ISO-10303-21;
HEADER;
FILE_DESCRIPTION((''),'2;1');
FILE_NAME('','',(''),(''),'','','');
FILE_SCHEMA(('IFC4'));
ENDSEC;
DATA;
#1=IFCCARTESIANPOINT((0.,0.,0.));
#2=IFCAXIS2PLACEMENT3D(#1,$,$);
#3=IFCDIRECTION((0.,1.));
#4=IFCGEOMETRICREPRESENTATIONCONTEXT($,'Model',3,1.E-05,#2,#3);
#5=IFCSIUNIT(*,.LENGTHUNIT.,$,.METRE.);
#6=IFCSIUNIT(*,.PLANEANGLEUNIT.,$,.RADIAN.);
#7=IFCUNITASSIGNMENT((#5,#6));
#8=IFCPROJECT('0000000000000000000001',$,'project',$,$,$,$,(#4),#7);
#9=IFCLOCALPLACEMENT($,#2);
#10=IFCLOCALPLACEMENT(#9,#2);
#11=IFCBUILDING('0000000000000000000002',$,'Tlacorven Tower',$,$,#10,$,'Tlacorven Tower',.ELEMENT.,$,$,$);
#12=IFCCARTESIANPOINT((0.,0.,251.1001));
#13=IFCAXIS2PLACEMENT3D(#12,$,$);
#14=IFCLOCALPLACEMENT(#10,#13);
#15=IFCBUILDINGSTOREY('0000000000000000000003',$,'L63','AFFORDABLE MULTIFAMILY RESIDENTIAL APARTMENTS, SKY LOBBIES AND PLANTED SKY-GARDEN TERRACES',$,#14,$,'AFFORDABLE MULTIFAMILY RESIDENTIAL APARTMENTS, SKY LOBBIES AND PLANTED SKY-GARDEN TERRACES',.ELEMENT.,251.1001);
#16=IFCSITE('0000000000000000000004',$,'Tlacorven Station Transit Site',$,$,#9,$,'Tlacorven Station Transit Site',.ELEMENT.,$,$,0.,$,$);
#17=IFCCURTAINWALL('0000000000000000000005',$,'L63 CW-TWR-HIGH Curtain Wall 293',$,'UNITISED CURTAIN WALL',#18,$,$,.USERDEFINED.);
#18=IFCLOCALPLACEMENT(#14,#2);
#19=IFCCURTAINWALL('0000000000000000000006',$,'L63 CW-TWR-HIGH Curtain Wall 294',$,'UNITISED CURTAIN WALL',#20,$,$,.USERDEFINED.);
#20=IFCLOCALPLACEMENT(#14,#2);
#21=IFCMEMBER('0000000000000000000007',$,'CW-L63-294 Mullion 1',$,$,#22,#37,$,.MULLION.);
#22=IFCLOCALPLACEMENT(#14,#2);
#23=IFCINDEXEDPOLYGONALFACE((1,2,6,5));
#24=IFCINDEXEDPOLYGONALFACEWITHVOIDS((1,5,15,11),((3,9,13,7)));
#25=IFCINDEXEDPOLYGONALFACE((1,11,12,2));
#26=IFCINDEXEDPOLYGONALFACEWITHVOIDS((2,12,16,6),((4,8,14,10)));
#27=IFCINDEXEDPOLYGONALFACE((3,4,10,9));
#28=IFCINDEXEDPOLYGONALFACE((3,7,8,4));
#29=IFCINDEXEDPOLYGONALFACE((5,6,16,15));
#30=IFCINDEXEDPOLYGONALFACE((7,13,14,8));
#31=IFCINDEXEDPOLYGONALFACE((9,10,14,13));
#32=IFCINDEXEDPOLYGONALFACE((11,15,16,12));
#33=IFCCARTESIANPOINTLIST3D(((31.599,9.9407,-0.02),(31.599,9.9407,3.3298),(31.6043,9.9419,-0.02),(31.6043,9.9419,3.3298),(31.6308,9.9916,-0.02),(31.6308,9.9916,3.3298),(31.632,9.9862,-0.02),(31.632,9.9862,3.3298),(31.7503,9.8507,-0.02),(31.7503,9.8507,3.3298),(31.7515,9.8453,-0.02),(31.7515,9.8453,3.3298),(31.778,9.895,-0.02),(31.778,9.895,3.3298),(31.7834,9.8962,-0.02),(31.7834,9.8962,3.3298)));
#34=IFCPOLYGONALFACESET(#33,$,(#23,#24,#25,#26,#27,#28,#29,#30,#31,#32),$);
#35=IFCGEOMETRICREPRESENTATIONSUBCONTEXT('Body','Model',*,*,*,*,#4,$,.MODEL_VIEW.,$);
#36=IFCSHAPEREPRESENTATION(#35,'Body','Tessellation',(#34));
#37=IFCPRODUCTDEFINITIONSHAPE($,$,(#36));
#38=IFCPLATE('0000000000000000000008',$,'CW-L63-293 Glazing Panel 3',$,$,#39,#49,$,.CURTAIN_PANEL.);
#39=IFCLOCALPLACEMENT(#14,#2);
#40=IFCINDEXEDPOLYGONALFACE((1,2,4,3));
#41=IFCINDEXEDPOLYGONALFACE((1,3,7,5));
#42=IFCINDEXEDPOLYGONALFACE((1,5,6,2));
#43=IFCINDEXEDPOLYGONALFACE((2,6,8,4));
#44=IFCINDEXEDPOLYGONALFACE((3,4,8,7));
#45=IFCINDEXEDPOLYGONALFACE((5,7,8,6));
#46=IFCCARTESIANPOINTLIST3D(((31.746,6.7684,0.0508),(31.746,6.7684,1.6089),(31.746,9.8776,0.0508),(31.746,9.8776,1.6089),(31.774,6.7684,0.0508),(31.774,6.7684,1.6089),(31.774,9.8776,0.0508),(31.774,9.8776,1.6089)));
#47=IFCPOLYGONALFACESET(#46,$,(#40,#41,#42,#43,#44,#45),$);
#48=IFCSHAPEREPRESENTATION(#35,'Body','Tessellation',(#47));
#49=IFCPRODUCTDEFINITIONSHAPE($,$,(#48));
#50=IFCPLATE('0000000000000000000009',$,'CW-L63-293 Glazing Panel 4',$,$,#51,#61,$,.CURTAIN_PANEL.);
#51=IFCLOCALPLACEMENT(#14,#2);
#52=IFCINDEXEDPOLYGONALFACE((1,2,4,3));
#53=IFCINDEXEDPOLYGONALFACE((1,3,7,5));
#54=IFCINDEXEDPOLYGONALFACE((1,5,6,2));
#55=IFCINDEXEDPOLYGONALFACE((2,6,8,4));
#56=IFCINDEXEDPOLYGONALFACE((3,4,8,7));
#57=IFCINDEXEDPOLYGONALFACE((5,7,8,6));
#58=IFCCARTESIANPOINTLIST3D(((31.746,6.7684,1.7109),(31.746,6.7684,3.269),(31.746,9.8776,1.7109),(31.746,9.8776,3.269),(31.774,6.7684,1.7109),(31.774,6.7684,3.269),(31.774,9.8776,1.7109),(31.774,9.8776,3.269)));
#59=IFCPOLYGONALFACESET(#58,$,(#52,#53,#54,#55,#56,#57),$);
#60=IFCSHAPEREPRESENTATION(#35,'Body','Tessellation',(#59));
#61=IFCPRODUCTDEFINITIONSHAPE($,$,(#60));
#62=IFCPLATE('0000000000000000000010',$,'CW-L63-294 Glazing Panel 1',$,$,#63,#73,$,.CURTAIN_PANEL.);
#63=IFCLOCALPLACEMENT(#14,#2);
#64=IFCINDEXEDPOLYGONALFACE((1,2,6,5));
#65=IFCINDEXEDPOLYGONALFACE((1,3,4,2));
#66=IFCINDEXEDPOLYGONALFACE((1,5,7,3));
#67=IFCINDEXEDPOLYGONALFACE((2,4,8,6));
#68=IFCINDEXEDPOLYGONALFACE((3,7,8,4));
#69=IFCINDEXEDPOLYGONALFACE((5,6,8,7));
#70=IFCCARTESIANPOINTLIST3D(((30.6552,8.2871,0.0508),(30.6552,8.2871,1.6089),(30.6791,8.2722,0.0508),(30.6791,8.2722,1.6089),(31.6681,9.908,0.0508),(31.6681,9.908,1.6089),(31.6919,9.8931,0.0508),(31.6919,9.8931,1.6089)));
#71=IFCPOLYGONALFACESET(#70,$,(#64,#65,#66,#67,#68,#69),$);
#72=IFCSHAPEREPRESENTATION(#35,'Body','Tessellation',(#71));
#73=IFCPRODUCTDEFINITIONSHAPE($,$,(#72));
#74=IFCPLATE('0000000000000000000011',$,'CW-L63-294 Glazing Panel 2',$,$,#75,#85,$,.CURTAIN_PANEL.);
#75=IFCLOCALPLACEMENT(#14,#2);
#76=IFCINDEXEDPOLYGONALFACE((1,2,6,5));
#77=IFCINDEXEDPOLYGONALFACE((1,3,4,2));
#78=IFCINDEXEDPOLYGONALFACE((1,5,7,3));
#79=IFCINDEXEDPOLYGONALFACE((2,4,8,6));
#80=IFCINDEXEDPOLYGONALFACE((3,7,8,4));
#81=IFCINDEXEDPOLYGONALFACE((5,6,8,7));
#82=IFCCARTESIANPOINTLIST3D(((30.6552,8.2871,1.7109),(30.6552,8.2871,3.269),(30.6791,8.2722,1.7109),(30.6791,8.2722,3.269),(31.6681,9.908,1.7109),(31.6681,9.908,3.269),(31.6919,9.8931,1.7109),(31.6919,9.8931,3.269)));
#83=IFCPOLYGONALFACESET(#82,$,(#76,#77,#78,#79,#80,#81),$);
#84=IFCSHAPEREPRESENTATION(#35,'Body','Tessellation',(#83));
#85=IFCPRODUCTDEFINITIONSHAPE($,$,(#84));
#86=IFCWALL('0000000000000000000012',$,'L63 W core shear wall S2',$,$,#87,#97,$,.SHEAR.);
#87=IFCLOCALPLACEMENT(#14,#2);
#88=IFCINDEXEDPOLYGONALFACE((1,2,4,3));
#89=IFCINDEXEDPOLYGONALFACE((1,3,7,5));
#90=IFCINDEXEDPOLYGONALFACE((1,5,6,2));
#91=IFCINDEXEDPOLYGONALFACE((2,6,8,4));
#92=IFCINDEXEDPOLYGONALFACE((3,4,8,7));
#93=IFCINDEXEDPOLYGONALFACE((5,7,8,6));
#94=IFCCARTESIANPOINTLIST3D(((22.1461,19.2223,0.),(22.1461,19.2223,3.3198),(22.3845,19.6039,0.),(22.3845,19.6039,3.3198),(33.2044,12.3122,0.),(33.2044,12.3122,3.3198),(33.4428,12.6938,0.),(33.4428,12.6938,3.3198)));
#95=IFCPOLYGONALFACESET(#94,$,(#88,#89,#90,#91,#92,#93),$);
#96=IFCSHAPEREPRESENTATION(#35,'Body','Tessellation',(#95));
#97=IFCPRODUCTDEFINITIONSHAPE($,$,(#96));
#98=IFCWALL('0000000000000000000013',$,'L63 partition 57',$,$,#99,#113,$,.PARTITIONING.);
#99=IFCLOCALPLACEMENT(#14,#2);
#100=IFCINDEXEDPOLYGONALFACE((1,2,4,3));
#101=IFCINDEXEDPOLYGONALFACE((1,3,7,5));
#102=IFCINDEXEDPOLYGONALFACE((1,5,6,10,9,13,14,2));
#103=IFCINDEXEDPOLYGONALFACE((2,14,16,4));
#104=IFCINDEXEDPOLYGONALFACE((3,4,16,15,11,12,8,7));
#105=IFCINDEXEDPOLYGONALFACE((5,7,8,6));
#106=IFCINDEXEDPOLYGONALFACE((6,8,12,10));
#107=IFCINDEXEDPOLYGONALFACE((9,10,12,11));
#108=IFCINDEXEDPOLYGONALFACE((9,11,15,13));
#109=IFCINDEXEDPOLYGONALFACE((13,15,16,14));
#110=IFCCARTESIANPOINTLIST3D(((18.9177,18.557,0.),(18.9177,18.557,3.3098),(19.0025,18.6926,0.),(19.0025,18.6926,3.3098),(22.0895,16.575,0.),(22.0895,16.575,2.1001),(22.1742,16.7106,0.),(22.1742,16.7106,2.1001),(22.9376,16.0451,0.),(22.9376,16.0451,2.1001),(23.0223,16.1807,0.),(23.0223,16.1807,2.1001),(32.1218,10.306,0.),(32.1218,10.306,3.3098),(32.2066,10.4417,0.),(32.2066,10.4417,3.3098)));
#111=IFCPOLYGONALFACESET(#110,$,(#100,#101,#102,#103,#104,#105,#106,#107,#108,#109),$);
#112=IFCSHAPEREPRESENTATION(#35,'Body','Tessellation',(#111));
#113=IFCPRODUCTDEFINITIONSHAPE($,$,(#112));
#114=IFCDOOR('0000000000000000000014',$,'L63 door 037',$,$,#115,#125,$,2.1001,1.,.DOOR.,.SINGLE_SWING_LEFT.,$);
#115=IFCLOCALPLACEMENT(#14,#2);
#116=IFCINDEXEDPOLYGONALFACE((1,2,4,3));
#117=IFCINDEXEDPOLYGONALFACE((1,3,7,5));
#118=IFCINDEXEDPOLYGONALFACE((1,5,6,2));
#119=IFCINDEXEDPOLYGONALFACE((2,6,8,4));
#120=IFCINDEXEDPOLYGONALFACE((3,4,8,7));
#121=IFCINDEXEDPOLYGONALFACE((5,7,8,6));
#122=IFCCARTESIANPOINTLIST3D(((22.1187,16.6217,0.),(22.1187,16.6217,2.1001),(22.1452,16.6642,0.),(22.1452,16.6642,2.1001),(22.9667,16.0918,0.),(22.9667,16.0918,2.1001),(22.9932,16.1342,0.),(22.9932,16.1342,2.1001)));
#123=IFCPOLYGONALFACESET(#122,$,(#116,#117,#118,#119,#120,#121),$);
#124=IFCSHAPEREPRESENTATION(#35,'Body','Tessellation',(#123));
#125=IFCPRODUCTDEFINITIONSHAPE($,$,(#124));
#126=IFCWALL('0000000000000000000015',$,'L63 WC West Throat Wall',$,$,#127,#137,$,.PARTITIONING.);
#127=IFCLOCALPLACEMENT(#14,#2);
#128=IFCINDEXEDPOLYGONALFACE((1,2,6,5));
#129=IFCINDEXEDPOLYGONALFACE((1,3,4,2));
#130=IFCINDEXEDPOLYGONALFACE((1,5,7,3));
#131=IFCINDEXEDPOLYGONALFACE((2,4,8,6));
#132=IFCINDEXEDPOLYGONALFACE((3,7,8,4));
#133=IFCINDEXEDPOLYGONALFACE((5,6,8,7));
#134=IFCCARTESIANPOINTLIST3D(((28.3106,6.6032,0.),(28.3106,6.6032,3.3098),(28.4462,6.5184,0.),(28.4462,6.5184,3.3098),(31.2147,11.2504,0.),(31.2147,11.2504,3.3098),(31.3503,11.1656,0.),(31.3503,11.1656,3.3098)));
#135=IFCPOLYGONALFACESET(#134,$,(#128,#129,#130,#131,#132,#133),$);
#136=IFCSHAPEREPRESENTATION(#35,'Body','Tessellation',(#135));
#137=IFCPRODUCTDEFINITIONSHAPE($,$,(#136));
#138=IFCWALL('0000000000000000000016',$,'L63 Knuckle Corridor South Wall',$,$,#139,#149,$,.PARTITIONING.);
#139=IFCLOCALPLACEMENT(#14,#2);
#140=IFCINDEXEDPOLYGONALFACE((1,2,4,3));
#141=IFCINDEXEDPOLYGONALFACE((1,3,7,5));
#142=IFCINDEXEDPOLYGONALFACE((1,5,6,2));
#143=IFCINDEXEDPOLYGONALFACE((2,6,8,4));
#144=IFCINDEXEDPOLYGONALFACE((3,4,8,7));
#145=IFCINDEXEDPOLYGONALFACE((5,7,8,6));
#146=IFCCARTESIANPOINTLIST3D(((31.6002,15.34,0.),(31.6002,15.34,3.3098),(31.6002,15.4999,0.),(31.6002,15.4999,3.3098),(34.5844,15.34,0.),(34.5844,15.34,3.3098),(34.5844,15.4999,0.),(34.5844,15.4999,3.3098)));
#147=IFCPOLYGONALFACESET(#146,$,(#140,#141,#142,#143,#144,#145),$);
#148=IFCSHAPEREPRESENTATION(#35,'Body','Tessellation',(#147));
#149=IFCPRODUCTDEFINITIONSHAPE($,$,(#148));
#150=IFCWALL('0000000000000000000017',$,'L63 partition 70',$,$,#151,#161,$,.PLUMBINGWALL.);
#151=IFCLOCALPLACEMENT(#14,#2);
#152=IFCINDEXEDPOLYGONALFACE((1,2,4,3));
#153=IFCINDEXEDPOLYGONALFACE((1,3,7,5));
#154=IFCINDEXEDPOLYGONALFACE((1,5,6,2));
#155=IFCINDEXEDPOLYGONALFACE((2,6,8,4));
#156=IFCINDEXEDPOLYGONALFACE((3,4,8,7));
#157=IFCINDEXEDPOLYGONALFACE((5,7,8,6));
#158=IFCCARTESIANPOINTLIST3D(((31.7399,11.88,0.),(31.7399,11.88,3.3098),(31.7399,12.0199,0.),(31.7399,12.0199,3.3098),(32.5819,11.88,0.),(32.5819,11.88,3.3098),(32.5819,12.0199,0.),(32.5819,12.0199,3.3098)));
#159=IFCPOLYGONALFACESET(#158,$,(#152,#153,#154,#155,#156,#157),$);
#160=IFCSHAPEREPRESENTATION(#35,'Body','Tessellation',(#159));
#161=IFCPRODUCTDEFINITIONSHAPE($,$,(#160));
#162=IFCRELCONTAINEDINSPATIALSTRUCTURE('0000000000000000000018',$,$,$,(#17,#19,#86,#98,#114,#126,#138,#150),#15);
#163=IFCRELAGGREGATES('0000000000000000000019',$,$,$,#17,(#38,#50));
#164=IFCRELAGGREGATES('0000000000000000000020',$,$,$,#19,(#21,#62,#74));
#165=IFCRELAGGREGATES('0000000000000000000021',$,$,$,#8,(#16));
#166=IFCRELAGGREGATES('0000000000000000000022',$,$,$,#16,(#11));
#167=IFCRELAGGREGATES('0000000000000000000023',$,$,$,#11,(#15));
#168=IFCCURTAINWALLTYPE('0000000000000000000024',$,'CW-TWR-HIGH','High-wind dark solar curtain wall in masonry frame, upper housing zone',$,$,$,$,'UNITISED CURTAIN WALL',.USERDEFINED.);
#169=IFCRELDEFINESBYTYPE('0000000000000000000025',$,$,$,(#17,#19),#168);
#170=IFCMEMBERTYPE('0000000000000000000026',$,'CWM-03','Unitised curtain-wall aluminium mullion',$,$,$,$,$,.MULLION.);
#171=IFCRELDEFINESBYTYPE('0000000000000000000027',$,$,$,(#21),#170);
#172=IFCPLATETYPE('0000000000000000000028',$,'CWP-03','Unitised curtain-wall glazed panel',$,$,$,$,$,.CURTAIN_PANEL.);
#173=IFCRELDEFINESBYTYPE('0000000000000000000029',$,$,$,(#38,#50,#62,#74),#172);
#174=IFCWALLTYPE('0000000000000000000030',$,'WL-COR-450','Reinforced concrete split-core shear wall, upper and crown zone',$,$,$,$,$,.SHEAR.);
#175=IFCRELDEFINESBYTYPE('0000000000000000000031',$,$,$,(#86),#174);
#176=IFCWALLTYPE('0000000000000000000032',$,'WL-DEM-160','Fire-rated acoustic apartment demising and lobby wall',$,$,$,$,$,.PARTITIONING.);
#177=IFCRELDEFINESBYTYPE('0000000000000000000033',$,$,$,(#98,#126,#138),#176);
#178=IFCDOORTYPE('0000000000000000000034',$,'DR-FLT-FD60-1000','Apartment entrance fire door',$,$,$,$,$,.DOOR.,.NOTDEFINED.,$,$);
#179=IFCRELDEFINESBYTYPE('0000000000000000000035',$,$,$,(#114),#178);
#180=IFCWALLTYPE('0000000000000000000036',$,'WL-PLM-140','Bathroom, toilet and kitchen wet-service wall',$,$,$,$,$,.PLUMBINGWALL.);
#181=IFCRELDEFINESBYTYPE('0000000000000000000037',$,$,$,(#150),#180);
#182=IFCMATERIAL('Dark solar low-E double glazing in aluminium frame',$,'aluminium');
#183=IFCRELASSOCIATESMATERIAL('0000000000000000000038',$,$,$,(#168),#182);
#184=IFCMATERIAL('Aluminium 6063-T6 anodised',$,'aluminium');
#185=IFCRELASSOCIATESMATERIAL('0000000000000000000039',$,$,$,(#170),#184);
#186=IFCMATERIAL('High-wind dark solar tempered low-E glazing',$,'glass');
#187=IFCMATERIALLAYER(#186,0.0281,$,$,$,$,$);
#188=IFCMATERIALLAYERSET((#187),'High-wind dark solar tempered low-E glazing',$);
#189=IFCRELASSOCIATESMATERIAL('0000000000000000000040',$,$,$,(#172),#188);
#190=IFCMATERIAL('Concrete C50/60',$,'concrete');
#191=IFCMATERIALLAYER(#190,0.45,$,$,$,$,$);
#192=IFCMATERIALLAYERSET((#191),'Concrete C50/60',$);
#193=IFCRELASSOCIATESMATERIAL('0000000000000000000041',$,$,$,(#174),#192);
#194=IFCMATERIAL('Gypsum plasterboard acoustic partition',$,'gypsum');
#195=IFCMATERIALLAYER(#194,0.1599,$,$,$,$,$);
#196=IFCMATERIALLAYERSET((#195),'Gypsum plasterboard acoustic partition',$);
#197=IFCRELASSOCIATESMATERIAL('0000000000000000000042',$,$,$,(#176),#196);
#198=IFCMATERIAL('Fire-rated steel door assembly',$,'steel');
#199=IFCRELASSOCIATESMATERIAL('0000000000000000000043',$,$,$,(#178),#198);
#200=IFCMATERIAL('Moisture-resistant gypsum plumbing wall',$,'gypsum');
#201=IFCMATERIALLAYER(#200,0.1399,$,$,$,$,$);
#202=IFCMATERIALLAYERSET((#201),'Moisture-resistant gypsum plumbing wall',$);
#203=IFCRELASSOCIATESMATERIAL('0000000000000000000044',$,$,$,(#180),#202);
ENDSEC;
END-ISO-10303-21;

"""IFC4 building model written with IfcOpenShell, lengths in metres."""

from ifc_helpers import new_model, si_unit, direction, frame, frame_2d, origin, origin_2d, place, context, subcontext, project, spatial, rectangle, hollow_rectangle, extrude, source, transform, mapped, material, layer, layer_set, material_profile, profile_set, type_object, element, fill, aggregate, save


model = new_model("IFC4")

# Units and contexts
model_context = context("Model", 3, precision=1e-05, world=origin(), true_north=direction((0.0, 1.0)))
body_context = subcontext(model_context, "Body", "Model", "MODEL_VIEW")
ifc_project = project(units=[si_unit("LENGTHUNIT", "METRE"), si_unit("PLANEANGLEUNIT", "RADIAN")], contexts=[model_context])

# Site, building, storey
site_placement = place(None, origin())
site = spatial("IfcSite", under=ifc_project, at=site_placement, Name="Tlacorven Station Transit Site", LongName="Tlacorven Station Transit Site", CompositionType="ELEMENT", RefElevation=0.0)
building_placement = place(site_placement, origin())
building = spatial("IfcBuilding", under=site, at=building_placement, Name="Tlacorven Tower", LongName="Tlacorven Tower", CompositionType="ELEMENT")
storey_placement = place(building_placement, frame((0.0, 0.0, 251.1001)))
storey = spatial("IfcBuildingStorey", under=building, at=storey_placement, Name="L63", Description="AFFORDABLE MULTIFAMILY RESIDENTIAL APARTMENTS, SKY LOBBIES AND PLANTED SKY-GARDEN TERRACES", LongName="AFFORDABLE MULTIFAMILY RESIDENTIAL APARTMENTS, SKY LOBBIES AND PLANTED SKY-GARDEN TERRACES", CompositionType="ELEMENT", Elevation=251.1001)

# Curtain walls
ifc_material_1 = material(Name="Dark solar low-E double glazing in aluminium frame", Category="aluminium")
curtain_wall_type = type_object("IfcCurtainWallType", Name="CW-TWR-HIGH", Description="High-wind dark solar curtain wall in masonry frame, upper housing zone", ElementType="UNITISED CURTAIN WALL", PredefinedType="USERDEFINED", material=ifc_material_1)
curtain_wall_1_placement = place(storey_placement, origin())
curtain_wall_1 = element("IfcCurtainWall", 1, at=curtain_wall_1_placement, inside=storey, type_object=curtain_wall_type, Name="L63 CW-TWR-HIGH Curtain Wall 293", ObjectType="UNITISED CURTAIN WALL", PredefinedType="USERDEFINED")
ifc_material_2 = material(Name="Aluminium 6063-T6 anodised", Category="aluminium")
curtain_wall_2_placement = place(storey_placement, origin())
curtain_wall_2 = element("IfcCurtainWall", 2, at=curtain_wall_2_placement, inside=storey, type_object=curtain_wall_type, Name="L63 CW-TWR-HIGH Curtain Wall 294", ObjectType="UNITISED CURTAIN WALL", PredefinedType="USERDEFINED")

# Member
ifc_material_profile_1 = material_profile(ifc_material_2, hollow_rectangle(XDim=0.0601, YDim=0.1799, WallThickness=0.0039, at=origin_2d()), Name="ALU MULLION 60X180")
ifc_profile_set_1 = profile_set([ifc_material_profile_1], Name="Aluminium 6063-T6 anodised")
member_type_1 = type_object("IfcMemberType", Name="CWM-03", Description="Unitised curtain-wall aluminium mullion", PredefinedType="MULLION", material=ifc_profile_set_1)
shared_shape_1 = source(origin(), body_context, "Body", "SweptSolid", [
    extrude(hollow_rectangle(XDim=0.0601, YDim=0.1799, WallThickness=0.0039, at=origin_2d()), origin(), (0.0, 0.0, 1.0), 3.3499),
])
member_1_placement = place(storey_placement, frame((31.6912, 9.9185, -0.02), z_axis=(0.0, 0.0, 1.0), x_axis=(-0.529919, -0.848048, 0.0)))
member_1 = element("IfcMember", 3, at=member_1_placement, type_object=member_type_1, Name="CW-L63-294 Mullion 1", PredefinedType="MULLION", context=body_context, shape_type="MappedRepresentation", body=[
    mapped(shared_shape_1, transform((0.0, 0.0, 0.0), scale=1.0)),
])

# Plates
ifc_material_3 = material(Name="High-wind dark solar tempered low-E glazing", Category="glass")
ifc_layer_1 = layer(ifc_material_3, 0.0281)
ifc_layer_set_1 = layer_set([ifc_layer_1], Name="High-wind dark solar tempered low-E glazing")
plate_type = type_object("IfcPlateType", Name="CWP-03", Description="Unitised curtain-wall glazed panel", PredefinedType="CURTAIN_PANEL", material=ifc_layer_set_1)
shared_shape_2 = source(origin(), body_context, "Body", "SweptSolid", [
    extrude(rectangle(XDim=3.1091, YDim=0.0281, at=origin_2d()), origin(), (0.0, 0.0, 1.0), 1.5581),
])
plate_1_placement = place(storey_placement, frame((31.76, 8.323, 0.0508), z_axis=(0.0, 0.0, 1.0), x_axis=(0.0, 1.0, 0.0)))
plate_1 = element("IfcPlate", 4, at=plate_1_placement, type_object=plate_type, Name="CW-L63-293 Glazing Panel 3", PredefinedType="CURTAIN_PANEL", context=body_context, shape_type="MappedRepresentation", body=[
    mapped(shared_shape_2, transform((0.0, 0.0, 0.0), scale=1.0)),
])
plate_2_placement = place(storey_placement, frame((31.76, 8.323, 1.7109), z_axis=(0.0, 0.0, 1.0), x_axis=(0.0, 1.0, 0.0)))
plate_2 = element("IfcPlate", 5, at=plate_2_placement, type_object=plate_type, Name="CW-L63-293 Glazing Panel 4", PredefinedType="CURTAIN_PANEL", context=body_context, shape_type="MappedRepresentation", body=[
    mapped(shared_shape_2, transform((0.0, 0.0, 0.0), scale=1.0)),
])
aggregate(curtain_wall_1, [plate_1, plate_2])
shared_shape_3 = source(origin(), body_context, "Body", "SweptSolid", [
    extrude(rectangle(XDim=1.9114, YDim=0.0281, at=origin_2d()), origin(), (0.0, 0.0, 1.0), 1.5581),
])
plate_3_placement = place(storey_placement, frame((31.1736, 9.0901, 0.0508), z_axis=(0.0, 0.0, 1.0), x_axis=(-0.529919, -0.848048, 0.0)))
plate_3 = element("IfcPlate", 6, at=plate_3_placement, type_object=plate_type, Name="CW-L63-294 Glazing Panel 1", PredefinedType="CURTAIN_PANEL", context=body_context, shape_type="MappedRepresentation", body=[
    mapped(shared_shape_3, transform((0.0, 0.0, 0.0), scale=1.0)),
])
plate_4_placement = place(storey_placement, frame((31.1736, 9.0901, 1.7109), z_axis=(0.0, 0.0, 1.0), x_axis=(-0.529919, -0.848048, 0.0)))
plate_4 = element("IfcPlate", 7, at=plate_4_placement, type_object=plate_type, Name="CW-L63-294 Glazing Panel 2", PredefinedType="CURTAIN_PANEL", context=body_context, shape_type="MappedRepresentation", body=[
    mapped(shared_shape_3, transform((0.0, 0.0, 0.0), scale=1.0)),
])
aggregate(curtain_wall_2, [member_1, plate_3, plate_4])

# Wall
ifc_material_4 = material(Name="Concrete C50/60", Category="concrete")
ifc_layer_2 = layer(ifc_material_4, 0.45)
ifc_layer_set_2 = layer_set([ifc_layer_2], Name="Concrete C50/60")
wall_type_1 = type_object("IfcWallType", Name="WL-COR-450", Description="Reinforced concrete split-core shear wall, upper and crown zone", PredefinedType="SHEAR", material=ifc_layer_set_2)
wall_1_placement = place(storey_placement, frame((33.3237, 12.5029, 0.0), z_axis=(0.0, 0.0, 1.0), x_axis=(-0.848044, 0.529927, 0.0)))
element("IfcWall", 8, at=wall_1_placement, inside=storey, type_object=wall_type_1, Name="L63 W core shear wall S2", PredefinedType="SHEAR", context=body_context, shape_type="SweptSolid", body=[
    extrude(rectangle(XDim=13.0398, YDim=0.45, at=frame_2d((6.52, 0.0))), origin(), (0.0, 0.0, 1.0), 3.3198),
])

# Wall, opening, door
ifc_material_5 = material(Name="Gypsum plasterboard acoustic partition", Category="gypsum")
ifc_layer_3 = layer(ifc_material_5, 0.1599)
ifc_layer_set_3 = layer_set([ifc_layer_3], Name="Gypsum plasterboard acoustic partition")
wall_type_2 = type_object("IfcWallType", Name="WL-DEM-160", Description="Fire-rated acoustic apartment demising and lobby wall", PredefinedType="PARTITIONING", material=ifc_layer_set_3)
wall_2_placement = place(storey_placement, frame((32.1643, 10.3738, 0.0), z_axis=(0.0, 0.0, 1.0), x_axis=(-0.848044, 0.529926, 0.0)))
wall_2 = element("IfcWall", 9, at=wall_2_placement, inside=storey, type_object=wall_type_2, Name="L63 partition 57", PredefinedType="PARTITIONING", context=body_context, shape_type="SweptSolid", body=[
    extrude(rectangle(XDim=15.5701, YDim=0.1599, at=frame_2d((7.7852, 0.0))), origin(), (0.0, 0.0, 1.0), 3.3098),
])
opening_1_placement = place(wall_2_placement, frame((10.8301, 0.0, 0.0)))
opening_1 = element("IfcOpeningElement", 10, at=opening_1_placement, cuts=wall_2, PredefinedType="OPENING", context=body_context, shape_type="SweptSolid", body=[
    extrude(rectangle(XDim=1.0, YDim=2.1001, at=frame_2d((0.5, 1.05))), frame((0.0, 0.0898, 0.0), z_axis=(0.0, -1.0, 0.0), x_axis=(1.0, 0.0, 0.0)), (0.0, 0.0, 1.0), 0.1799),
])
ifc_material_6 = material(Name="Fire-rated steel door assembly", Category="steel")
door_type_1 = type_object("IfcDoorType", Name="DR-FLT-FD60-1000", Description="Apartment entrance fire door", OperationType="NOTDEFINED", PredefinedType="DOOR", material=ifc_material_6)
shared_shape_4 = source(origin(), body_context, "Body", "SweptSolid", [
    extrude(rectangle(XDim=1.0, YDim=2.1001, at=frame_2d((0.5, 1.05))), frame((0.0, 0.0249, 0.0), z_axis=(0.0, -1.0, 0.0), x_axis=(1.0, 0.0, 0.0)), (0.0, 0.0, 1.0), 0.05),
])
door_1_placement = place(opening_1_placement, origin())
door_1 = element("IfcDoor", 11, at=door_1_placement, inside=storey, type_object=door_type_1, Name="L63 door 037", OperationType="SINGLE_SWING_LEFT", OverallHeight=2.1001, OverallWidth=1.0, PredefinedType="DOOR", context=body_context, shape_type="MappedRepresentation", body=[
    mapped(shared_shape_4, transform((0.0, 0.0, 0.0), scale=1.0)),
])
fill(opening_1, door_1)

# Walls
wall_3_placement = place(storey_placement, frame((31.2825, 11.208, 0.0), z_axis=(0.0, 0.0, 1.0), x_axis=(-0.529939, -0.848036, 0.0)))
element("IfcWall", 12, at=wall_3_placement, inside=storey, type_object=wall_type_2, Name="L63 WC West Throat Wall", PredefinedType="PARTITIONING", context=body_context, shape_type="SweptSolid", body=[
    extrude(rectangle(XDim=5.48, YDim=0.1599, at=frame_2d((2.74, 0.0))), origin(), (0.0, 0.0, 1.0), 3.3098),
])
wall_4_placement = place(storey_placement, frame((31.6001, 15.4199, 0.0), z_axis=(0.0, 0.0, 1.0), x_axis=(1.0, 0.0, 0.0)))
element("IfcWall", 13, at=wall_4_placement, inside=storey, type_object=wall_type_2, Name="L63 Knuckle Corridor South Wall", PredefinedType="PARTITIONING", context=body_context, shape_type="SweptSolid", body=[
    extrude(rectangle(XDim=2.9841, YDim=0.1599, at=frame_2d((1.4922, 0.0))), origin(), (0.0, 0.0, 1.0), 3.3098),
])
ifc_material_7 = material(Name="Moisture-resistant gypsum plumbing wall", Category="gypsum")
ifc_layer_4 = layer(ifc_material_7, 0.1399)
ifc_layer_set_4 = layer_set([ifc_layer_4], Name="Moisture-resistant gypsum plumbing wall")
wall_type_3 = type_object("IfcWallType", Name="WL-PLM-140", Description="Bathroom, toilet and kitchen wet-service wall", PredefinedType="PLUMBINGWALL", material=ifc_layer_set_4)
wall_5_placement = place(storey_placement, frame((31.74, 11.95, 0.0), z_axis=(0.0, 0.0, 1.0), x_axis=(1.0, 0.0, 0.0)))
element("IfcWall", 14, at=wall_5_placement, inside=storey, type_object=wall_type_3, Name="L63 partition 70", PredefinedType="PLUMBINGWALL", context=body_context, shape_type="SweptSolid", body=[
    extrude(rectangle(XDim=0.842, YDim=0.1399, at=frame_2d((0.4209, 0.0))), origin(), (0.0, 0.0, 1.0), 3.3098),
])

save(model, "model.ifc")
